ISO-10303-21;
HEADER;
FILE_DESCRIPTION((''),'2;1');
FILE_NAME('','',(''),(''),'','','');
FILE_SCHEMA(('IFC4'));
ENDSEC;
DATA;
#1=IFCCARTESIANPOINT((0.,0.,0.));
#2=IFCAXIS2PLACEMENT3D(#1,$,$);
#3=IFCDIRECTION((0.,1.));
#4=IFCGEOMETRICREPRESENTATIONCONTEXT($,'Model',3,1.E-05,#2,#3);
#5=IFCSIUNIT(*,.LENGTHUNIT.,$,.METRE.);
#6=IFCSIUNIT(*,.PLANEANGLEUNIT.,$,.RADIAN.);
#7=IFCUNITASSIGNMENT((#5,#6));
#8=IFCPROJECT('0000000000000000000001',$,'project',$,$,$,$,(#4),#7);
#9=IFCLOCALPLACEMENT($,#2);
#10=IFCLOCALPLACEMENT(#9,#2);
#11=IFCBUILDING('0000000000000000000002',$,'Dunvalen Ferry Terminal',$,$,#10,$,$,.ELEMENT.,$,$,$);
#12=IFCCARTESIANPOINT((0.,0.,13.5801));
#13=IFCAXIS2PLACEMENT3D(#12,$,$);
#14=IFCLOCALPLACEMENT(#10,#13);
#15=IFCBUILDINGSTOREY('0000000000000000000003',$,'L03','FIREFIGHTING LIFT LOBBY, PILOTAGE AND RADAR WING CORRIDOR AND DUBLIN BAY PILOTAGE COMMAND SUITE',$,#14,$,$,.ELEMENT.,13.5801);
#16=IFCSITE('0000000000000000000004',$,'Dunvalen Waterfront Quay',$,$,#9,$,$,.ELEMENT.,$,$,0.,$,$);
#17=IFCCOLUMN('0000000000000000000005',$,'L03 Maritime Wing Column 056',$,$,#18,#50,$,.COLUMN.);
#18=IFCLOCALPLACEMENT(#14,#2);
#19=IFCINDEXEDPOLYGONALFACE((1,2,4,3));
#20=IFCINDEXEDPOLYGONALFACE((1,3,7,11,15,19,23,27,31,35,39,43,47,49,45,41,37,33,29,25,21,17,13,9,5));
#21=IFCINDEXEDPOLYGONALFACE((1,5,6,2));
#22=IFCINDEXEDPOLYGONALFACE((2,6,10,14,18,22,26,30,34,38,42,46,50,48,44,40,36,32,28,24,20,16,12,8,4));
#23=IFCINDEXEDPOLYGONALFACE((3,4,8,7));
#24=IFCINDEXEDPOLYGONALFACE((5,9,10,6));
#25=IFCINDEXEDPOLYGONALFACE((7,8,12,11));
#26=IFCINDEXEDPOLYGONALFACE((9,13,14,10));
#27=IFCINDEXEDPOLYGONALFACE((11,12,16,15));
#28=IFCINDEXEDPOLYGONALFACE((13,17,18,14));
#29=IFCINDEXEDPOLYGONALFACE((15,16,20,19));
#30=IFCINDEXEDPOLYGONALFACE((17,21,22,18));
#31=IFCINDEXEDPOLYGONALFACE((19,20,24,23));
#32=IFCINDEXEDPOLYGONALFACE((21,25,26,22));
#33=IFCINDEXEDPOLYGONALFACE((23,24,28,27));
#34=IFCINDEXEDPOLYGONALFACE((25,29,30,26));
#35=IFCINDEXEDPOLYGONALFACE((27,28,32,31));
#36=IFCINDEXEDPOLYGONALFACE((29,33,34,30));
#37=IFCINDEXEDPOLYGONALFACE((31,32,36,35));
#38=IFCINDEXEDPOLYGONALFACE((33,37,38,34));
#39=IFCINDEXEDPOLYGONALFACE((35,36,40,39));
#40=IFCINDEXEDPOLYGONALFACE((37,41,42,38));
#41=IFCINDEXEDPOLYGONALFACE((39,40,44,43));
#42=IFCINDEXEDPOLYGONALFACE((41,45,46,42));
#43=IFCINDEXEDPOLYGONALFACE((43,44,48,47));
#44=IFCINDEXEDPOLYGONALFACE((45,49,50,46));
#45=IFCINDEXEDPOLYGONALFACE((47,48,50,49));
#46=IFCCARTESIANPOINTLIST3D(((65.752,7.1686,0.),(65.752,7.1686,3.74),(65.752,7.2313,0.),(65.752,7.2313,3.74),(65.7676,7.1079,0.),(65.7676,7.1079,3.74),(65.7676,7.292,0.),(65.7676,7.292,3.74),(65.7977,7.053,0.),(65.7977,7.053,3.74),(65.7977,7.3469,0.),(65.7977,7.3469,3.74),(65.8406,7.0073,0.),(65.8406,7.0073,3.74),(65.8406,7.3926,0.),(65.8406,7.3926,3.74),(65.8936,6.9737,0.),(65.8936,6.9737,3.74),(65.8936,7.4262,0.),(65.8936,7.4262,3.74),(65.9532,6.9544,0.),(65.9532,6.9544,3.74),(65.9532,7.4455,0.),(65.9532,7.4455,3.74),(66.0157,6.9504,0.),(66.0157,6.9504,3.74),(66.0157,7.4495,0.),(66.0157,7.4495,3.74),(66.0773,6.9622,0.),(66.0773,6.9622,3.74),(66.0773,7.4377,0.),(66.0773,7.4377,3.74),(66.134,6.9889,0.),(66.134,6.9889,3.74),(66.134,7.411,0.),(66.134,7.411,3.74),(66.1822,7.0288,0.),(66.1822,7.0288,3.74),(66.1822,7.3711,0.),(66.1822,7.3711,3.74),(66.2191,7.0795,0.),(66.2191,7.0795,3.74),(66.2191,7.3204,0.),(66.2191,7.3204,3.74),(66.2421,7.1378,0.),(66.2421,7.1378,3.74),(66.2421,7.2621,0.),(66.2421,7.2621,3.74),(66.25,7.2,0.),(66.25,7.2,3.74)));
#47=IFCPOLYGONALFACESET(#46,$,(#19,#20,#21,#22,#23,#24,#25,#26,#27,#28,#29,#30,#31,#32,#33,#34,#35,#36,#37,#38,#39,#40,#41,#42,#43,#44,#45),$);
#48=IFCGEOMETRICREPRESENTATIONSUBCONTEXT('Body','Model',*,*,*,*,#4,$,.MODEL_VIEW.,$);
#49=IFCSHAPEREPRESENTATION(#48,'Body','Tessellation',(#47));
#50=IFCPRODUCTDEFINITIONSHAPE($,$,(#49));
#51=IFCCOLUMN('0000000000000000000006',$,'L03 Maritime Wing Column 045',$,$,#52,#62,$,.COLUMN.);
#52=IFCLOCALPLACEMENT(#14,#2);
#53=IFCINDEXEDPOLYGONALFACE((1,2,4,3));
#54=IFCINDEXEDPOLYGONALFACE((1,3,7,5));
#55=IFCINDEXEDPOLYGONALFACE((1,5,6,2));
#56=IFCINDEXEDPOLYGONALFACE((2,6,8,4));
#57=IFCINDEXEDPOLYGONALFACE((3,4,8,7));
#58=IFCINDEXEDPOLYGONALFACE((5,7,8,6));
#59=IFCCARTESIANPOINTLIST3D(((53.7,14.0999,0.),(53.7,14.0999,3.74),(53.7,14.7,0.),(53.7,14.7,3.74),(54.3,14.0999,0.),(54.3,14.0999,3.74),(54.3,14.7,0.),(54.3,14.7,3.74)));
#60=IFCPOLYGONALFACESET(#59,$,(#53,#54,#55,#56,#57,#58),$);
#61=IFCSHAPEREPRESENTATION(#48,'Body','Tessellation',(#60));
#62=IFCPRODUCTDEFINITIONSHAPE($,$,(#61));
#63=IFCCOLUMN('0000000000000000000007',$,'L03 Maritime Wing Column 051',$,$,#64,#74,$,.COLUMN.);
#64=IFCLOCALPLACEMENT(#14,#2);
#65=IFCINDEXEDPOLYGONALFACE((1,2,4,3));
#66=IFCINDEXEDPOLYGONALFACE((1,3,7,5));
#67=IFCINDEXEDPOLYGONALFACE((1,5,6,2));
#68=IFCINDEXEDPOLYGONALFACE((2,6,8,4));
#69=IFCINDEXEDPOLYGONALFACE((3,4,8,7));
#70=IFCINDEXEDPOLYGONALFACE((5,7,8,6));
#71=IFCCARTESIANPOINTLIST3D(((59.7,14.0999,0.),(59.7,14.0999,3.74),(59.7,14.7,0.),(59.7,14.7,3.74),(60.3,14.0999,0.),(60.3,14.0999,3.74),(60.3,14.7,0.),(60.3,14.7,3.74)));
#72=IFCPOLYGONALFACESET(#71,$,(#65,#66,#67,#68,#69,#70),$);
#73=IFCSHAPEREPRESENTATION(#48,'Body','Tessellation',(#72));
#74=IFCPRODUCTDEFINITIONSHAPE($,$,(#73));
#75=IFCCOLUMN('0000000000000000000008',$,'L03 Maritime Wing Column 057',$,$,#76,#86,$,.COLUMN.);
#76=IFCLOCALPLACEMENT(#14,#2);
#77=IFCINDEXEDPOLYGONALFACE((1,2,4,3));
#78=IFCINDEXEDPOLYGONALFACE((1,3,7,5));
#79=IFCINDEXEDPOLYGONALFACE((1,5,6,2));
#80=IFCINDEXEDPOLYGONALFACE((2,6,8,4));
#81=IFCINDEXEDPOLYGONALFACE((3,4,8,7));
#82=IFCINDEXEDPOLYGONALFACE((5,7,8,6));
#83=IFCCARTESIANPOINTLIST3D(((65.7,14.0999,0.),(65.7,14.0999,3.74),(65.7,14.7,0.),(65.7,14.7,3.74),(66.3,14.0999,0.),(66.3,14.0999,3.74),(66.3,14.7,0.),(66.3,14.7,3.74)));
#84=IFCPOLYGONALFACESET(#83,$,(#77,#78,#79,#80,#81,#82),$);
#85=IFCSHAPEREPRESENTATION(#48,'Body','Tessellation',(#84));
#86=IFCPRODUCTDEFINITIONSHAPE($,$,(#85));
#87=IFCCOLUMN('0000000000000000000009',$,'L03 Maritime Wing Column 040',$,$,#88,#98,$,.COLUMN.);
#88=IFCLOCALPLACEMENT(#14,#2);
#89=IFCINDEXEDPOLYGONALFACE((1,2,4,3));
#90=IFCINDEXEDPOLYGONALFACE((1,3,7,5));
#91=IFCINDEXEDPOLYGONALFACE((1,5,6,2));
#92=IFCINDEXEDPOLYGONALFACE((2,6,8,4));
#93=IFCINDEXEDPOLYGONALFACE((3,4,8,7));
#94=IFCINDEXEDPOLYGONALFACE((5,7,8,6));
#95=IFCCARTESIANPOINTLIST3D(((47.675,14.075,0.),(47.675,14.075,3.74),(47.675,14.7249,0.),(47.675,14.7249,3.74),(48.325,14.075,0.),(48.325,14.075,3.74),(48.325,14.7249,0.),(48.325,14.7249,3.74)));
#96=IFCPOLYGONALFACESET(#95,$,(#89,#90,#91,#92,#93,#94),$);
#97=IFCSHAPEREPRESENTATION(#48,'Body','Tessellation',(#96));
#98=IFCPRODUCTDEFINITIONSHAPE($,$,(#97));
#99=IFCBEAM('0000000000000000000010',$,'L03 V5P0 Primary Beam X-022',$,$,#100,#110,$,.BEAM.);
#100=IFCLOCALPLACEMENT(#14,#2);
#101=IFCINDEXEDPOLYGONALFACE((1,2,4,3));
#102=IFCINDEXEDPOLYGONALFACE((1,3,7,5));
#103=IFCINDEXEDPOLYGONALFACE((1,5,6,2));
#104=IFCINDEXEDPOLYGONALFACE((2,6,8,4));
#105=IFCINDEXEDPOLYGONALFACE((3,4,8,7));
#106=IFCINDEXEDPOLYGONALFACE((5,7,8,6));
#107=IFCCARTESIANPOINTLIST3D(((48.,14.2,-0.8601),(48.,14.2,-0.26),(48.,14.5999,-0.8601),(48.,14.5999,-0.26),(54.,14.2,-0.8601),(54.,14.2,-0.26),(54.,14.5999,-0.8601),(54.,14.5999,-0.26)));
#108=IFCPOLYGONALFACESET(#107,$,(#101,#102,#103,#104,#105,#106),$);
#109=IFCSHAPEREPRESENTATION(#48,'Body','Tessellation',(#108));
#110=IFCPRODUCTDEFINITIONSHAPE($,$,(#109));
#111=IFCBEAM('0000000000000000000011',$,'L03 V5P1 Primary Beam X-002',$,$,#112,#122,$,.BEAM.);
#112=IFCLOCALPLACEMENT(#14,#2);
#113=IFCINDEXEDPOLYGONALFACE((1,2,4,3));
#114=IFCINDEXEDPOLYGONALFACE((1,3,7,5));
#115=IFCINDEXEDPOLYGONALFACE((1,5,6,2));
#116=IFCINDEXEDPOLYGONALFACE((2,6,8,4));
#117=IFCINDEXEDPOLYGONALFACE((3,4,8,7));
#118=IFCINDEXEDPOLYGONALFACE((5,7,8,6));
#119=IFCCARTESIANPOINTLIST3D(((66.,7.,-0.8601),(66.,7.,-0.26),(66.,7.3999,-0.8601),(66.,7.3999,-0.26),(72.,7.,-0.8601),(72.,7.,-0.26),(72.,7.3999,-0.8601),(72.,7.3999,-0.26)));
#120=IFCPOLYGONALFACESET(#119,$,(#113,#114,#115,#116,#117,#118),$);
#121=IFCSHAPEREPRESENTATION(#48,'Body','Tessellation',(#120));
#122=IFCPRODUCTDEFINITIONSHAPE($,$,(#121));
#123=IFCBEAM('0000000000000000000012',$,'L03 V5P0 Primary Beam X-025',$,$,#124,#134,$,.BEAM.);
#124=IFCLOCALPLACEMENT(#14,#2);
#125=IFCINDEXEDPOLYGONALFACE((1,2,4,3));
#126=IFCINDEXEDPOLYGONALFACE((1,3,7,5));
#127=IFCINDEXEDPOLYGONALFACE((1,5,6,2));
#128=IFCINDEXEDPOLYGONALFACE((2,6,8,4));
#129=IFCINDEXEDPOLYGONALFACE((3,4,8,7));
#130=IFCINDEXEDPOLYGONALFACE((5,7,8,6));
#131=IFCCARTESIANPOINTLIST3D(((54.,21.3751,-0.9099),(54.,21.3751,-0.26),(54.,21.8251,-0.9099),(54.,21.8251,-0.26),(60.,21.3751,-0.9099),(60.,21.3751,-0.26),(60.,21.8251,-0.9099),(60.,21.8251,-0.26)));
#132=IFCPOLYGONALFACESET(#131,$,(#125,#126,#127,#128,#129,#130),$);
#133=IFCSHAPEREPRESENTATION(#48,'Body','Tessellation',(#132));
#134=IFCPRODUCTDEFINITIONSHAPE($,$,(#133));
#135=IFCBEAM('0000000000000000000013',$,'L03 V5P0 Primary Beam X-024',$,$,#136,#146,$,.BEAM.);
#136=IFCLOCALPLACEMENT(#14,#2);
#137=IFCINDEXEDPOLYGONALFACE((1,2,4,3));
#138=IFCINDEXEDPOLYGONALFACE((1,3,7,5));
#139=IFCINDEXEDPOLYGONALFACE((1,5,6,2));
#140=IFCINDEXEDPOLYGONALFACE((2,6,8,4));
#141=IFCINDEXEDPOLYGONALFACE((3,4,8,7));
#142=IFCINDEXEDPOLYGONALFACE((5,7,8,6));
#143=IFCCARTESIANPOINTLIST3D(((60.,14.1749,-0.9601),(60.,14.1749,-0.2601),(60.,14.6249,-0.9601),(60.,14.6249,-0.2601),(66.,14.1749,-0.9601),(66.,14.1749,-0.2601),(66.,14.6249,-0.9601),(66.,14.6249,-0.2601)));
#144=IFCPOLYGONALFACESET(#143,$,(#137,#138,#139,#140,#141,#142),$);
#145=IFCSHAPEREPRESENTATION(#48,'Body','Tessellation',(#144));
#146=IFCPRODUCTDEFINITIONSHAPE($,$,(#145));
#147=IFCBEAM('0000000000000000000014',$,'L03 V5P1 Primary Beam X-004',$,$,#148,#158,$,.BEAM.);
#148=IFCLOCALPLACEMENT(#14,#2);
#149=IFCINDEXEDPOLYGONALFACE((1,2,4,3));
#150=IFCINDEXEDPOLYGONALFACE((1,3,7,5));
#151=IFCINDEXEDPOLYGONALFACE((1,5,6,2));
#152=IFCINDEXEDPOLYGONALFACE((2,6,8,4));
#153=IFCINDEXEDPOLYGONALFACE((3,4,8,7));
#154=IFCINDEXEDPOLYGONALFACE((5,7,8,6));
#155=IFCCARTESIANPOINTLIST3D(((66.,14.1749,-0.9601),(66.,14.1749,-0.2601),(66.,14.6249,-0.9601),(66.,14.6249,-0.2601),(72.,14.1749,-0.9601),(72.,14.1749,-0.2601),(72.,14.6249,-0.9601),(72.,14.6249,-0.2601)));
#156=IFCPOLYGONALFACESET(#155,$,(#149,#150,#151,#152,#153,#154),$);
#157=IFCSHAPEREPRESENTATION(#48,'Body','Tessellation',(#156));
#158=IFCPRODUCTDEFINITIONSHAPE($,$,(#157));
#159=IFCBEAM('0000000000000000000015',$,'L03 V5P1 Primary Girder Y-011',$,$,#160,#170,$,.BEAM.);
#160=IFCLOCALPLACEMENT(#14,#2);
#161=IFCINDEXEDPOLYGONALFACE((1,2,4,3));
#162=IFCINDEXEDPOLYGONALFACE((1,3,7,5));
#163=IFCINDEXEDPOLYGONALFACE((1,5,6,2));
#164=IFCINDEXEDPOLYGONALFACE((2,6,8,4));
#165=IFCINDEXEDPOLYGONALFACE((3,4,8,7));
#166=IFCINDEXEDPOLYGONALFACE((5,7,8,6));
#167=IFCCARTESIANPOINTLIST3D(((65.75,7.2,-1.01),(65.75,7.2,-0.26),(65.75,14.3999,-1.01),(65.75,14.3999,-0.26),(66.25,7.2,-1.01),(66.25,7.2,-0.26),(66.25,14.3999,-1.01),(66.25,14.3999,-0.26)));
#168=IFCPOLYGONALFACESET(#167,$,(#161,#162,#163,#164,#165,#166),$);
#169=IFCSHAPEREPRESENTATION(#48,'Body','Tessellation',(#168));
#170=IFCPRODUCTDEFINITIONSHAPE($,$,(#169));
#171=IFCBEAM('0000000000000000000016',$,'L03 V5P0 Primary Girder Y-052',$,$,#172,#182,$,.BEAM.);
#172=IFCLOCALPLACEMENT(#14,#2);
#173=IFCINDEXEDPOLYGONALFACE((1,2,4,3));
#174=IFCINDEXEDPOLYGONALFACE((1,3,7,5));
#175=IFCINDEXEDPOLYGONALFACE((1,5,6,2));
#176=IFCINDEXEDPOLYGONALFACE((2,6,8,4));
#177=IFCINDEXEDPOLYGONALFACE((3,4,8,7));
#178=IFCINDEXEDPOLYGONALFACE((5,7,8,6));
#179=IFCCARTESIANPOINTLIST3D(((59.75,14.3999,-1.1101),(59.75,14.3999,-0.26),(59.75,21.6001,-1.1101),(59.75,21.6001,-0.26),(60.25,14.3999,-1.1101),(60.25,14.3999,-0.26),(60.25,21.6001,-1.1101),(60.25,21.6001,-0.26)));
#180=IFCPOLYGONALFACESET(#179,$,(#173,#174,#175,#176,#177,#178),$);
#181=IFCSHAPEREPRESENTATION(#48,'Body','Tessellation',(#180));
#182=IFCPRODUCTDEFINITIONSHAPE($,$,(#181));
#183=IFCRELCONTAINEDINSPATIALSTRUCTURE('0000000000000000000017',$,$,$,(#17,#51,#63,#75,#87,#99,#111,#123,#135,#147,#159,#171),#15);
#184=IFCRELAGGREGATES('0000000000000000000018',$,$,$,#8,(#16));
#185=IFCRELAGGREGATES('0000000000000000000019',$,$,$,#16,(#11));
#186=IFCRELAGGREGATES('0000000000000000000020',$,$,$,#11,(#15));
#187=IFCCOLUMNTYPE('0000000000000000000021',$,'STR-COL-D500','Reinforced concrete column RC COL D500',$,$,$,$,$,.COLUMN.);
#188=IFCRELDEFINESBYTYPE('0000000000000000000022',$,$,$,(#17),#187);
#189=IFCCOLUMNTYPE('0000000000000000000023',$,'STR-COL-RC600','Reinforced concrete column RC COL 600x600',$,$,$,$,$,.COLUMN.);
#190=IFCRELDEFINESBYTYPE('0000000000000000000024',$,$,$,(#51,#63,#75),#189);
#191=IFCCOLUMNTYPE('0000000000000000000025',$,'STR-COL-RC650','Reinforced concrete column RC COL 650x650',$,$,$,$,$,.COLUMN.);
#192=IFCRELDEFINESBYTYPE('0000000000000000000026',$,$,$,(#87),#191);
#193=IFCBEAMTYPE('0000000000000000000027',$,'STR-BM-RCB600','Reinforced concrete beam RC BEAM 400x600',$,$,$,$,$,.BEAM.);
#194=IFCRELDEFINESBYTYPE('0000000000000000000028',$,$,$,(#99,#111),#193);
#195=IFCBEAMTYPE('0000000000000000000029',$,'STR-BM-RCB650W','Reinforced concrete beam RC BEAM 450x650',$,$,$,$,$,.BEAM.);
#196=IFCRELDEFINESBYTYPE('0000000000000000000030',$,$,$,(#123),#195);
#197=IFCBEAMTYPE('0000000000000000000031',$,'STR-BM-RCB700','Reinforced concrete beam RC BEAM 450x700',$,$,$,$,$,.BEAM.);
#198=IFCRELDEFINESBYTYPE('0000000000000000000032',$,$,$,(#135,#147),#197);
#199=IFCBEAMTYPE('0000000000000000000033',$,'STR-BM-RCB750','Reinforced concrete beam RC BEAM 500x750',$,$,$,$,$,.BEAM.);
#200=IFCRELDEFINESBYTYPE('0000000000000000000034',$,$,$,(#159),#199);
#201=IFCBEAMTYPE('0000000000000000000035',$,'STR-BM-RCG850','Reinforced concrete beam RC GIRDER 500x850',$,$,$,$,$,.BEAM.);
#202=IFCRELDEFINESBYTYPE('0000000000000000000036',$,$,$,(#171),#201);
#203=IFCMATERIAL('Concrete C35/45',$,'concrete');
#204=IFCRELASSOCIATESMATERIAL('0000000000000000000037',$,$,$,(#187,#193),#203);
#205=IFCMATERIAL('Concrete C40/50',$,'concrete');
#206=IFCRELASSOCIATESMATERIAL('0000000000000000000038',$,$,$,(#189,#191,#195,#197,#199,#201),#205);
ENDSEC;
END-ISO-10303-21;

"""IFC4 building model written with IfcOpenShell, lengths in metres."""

from ifc_helpers import new_model, si_unit, direction, frame, origin, origin_2d, place, context, subcontext, project, spatial, rectangle, circle, extrude, material, material_profile, profile_set, type_object, element, save


model = new_model("IFC4")

# Units and contexts
model_context = context("Model", 3, precision=1e-05, world=origin(), true_north=direction((0.0, 1.0)))
body_context = subcontext(model_context, "Body", "Model", "MODEL_VIEW")
ifc_project = project(units=[si_unit("LENGTHUNIT", "METRE"), si_unit("PLANEANGLEUNIT", "RADIAN")], contexts=[model_context])

# Site, building, storey
site_placement = place(None, origin())
site = spatial("IfcSite", under=ifc_project, at=site_placement, Name="Dunvalen Waterfront Quay", CompositionType="ELEMENT", RefElevation=0.0)
building_placement = place(site_placement, origin())
building = spatial("IfcBuilding", under=site, at=building_placement, Name="Dunvalen Ferry Terminal", CompositionType="ELEMENT")
storey_placement = place(building_placement, frame((0.0, 0.0, 13.5801)))
storey = spatial("IfcBuildingStorey", under=building, at=storey_placement, Name="L03", Description="FIREFIGHTING LIFT LOBBY, PILOTAGE AND RADAR WING CORRIDOR AND DUBLIN BAY PILOTAGE COMMAND SUITE", CompositionType="ELEMENT", Elevation=13.5801)

# Columns
ifc_material_1 = material(Name="Concrete C35/45", Category="concrete")
ifc_material_profile_1 = material_profile(ifc_material_1, circle(Radius=0.25, at=origin_2d()), Name="Concrete C35/45")
ifc_profile_set_1 = profile_set([ifc_material_profile_1], Name="Concrete C35/45")
column_type_1 = type_object("IfcColumnType", Name="STR-COL-D500", Description="Reinforced concrete column RC COL D500", PredefinedType="COLUMN", material=ifc_profile_set_1)
column_1_placement = place(storey_placement, frame((66.0, 7.2, 0.0), z_axis=(0.0, 0.0, 1.0), x_axis=(1.0, 0.0, 0.0)))
element("IfcColumn", 1, at=column_1_placement, inside=storey, type_object=column_type_1, Name="L03 Maritime Wing Column 056", PredefinedType="COLUMN", context=body_context, shape_type="SweptSolid", body=[
    extrude(circle(Radius=0.25, at=origin_2d()), origin(), (0.0, 0.0, 1.0), 3.74),
])
ifc_material_2 = material(Name="Concrete C40/50", Category="concrete")
ifc_material_profile_2 = material_profile(ifc_material_2, rectangle(XDim=0.6001, YDim=0.6001, at=origin_2d()), Name="Concrete C40/50")
ifc_profile_set_2 = profile_set([ifc_material_profile_2], Name="Concrete C40/50")
column_type_2 = type_object("IfcColumnType", Name="STR-COL-RC600", Description="Reinforced concrete column RC COL 600x600", PredefinedType="COLUMN", material=ifc_profile_set_2)
for number, where, z_axis, x_axis, name in (
    (2, (54.0, 14.3999, 0.0), (0.0, 0.0, 1.0), (1.0, 0.0, 0.0), "L03 Maritime Wing Column 045"),
    (3, (60.0, 14.3999, 0.0), (0.0, 0.0, 1.0), (1.0, 0.0, 0.0), "L03 Maritime Wing Column 051"),
    (4, (66.0, 14.3999, 0.0), (0.0, 0.0, 1.0), (1.0, 0.0, 0.0), "L03 Maritime Wing Column 057"),
):
    element("IfcColumn", number, at=place(storey_placement, frame(where, z_axis=z_axis, x_axis=x_axis)), inside=storey, type_object=column_type_2, Name=name, PredefinedType="COLUMN", context=body_context, shape_type="SweptSolid", body=[
        extrude(rectangle(XDim=0.6001, YDim=0.6001, at=origin_2d()), origin(), (0.0, 0.0, 1.0), 3.74),
    ])
ifc_material_profile_3 = material_profile(ifc_material_2, rectangle(XDim=0.6499, YDim=0.6499, at=origin_2d()), Name="Concrete C40/50")
ifc_profile_set_3 = profile_set([ifc_material_profile_3], Name="Concrete C40/50")
column_type_3 = type_object("IfcColumnType", Name="STR-COL-RC650", Description="Reinforced concrete column RC COL 650x650", PredefinedType="COLUMN", material=ifc_profile_set_3)
column_2_placement = place(storey_placement, frame((48.0, 14.3999, 0.0), z_axis=(0.0, 0.0, 1.0), x_axis=(1.0, 0.0, 0.0)))
element("IfcColumn", 5, at=column_2_placement, inside=storey, type_object=column_type_3, Name="L03 Maritime Wing Column 040", PredefinedType="COLUMN", context=body_context, shape_type="SweptSolid", body=[
    extrude(rectangle(XDim=0.6499, YDim=0.6499, at=origin_2d()), origin(), (0.0, 0.0, 1.0), 3.74),
])

# Beams
ifc_material_profile_4 = material_profile(ifc_material_1, rectangle(XDim=0.3999, YDim=0.6001, at=origin_2d()), Name="Concrete C35/45")
ifc_profile_set_4 = profile_set([ifc_material_profile_4], Name="Concrete C35/45")
beam_type_1 = type_object("IfcBeamType", Name="STR-BM-RCB600", Description="Reinforced concrete beam RC BEAM 400x600", PredefinedType="BEAM", material=ifc_profile_set_4)
for number, where, z_axis, x_axis, name in (
    (6, (48.0, 14.3999, -0.5601), (1.0, 0.0, 0.0), (0.0, 1.0, 0.0), "L03 V5P0 Primary Beam X-022"),
    (7, (66.0, 7.2, -0.5601), (1.0, 0.0, 0.0), (0.0, 1.0, 0.0), "L03 V5P1 Primary Beam X-002"),
):
    element("IfcBeam", number, at=place(storey_placement, frame(where, z_axis=z_axis, x_axis=x_axis)), inside=storey, type_object=beam_type_1, Name=name, PredefinedType="BEAM", context=body_context, shape_type="SweptSolid", body=[
        extrude(rectangle(XDim=0.3999, YDim=0.6001, at=origin_2d()), origin(), (0.0, 0.0, 1.0), 6.0),
    ])
ifc_material_profile_5 = material_profile(ifc_material_2, rectangle(XDim=0.45, YDim=0.6499, at=origin_2d()), Name="Concrete C40/50")
ifc_profile_set_5 = profile_set([ifc_material_profile_5], Name="Concrete C40/50")
beam_type_2 = type_object("IfcBeamType", Name="STR-BM-RCB650W", Description="Reinforced concrete beam RC BEAM 450x650", PredefinedType="BEAM", material=ifc_profile_set_5)
beam_1_placement = place(storey_placement, frame((54.0, 21.6001, -0.585), z_axis=(1.0, 0.0, 0.0), x_axis=(0.0, 1.0, 0.0)))
element("IfcBeam", 8, at=beam_1_placement, inside=storey, type_object=beam_type_2, Name="L03 V5P0 Primary Beam X-025", PredefinedType="BEAM", context=body_context, shape_type="SweptSolid", body=[
    extrude(rectangle(XDim=0.45, YDim=0.6499, at=origin_2d()), origin(), (0.0, 0.0, 1.0), 6.0),
])
ifc_material_profile_6 = material_profile(ifc_material_2, rectangle(XDim=0.45, YDim=0.7, at=origin_2d()), Name="Concrete C40/50")
ifc_profile_set_6 = profile_set([ifc_material_profile_6], Name="Concrete C40/50")
beam_type_3 = type_object("IfcBeamType", Name="STR-BM-RCB700", Description="Reinforced concrete beam RC BEAM 450x700", PredefinedType="BEAM", material=ifc_profile_set_6)
for number, where, z_axis, x_axis, name in (
    (9, (60.0, 14.3999, -0.6101), (1.0, 0.0, 0.0), (0.0, 1.0, 0.0), "L03 V5P0 Primary Beam X-024"),
    (10, (66.0, 14.3999, -0.6101), (1.0, 0.0, 0.0), (0.0, 1.0, 0.0), "L03 V5P1 Primary Beam X-004"),
):
    element("IfcBeam", number, at=place(storey_placement, frame(where, z_axis=z_axis, x_axis=x_axis)), inside=storey, type_object=beam_type_3, Name=name, PredefinedType="BEAM", context=body_context, shape_type="SweptSolid", body=[
        extrude(rectangle(XDim=0.45, YDim=0.7, at=origin_2d()), origin(), (0.0, 0.0, 1.0), 6.0),
    ])
ifc_material_profile_7 = material_profile(ifc_material_2, rectangle(XDim=0.5, YDim=0.75, at=origin_2d()), Name="Concrete C40/50")
ifc_profile_set_7 = profile_set([ifc_material_profile_7], Name="Concrete C40/50")
beam_type_4 = type_object("IfcBeamType", Name="STR-BM-RCB750", Description="Reinforced concrete beam RC BEAM 500x750", PredefinedType="BEAM", material=ifc_profile_set_7)
beam_2_placement = place(storey_placement, frame((66.0, 7.2, -0.635), z_axis=(0.0, 1.0, 0.0), x_axis=(-1.0, 0.0, 0.0)))
element("IfcBeam", 11, at=beam_2_placement, inside=storey, type_object=beam_type_4, Name="L03 V5P1 Primary Girder Y-011", PredefinedType="BEAM", context=body_context, shape_type="SweptSolid", body=[
    extrude(rectangle(XDim=0.5, YDim=0.75, at=origin_2d()), origin(), (0.0, 0.0, 1.0), 7.2),
])
ifc_material_profile_8 = material_profile(ifc_material_2, rectangle(XDim=0.5, YDim=0.8501, at=origin_2d()), Name="Concrete C40/50")
ifc_profile_set_8 = profile_set([ifc_material_profile_8], Name="Concrete C40/50")
beam_type_5 = type_object("IfcBeamType", Name="STR-BM-RCG850", Description="Reinforced concrete beam RC GIRDER 500x850", PredefinedType="BEAM", material=ifc_profile_set_8)
beam_3_placement = place(storey_placement, frame((60.0, 14.3999, -0.6851), z_axis=(0.0, 1.0, 0.0), x_axis=(-1.0, 0.0, 0.0)))
element("IfcBeam", 12, at=beam_3_placement, inside=storey, type_object=beam_type_5, Name="L03 V5P0 Primary Girder Y-052", PredefinedType="BEAM", context=body_context, shape_type="SweptSolid", body=[
    extrude(rectangle(XDim=0.5, YDim=0.8501, at=origin_2d()), origin(), (0.0, 0.0, 1.0), 7.2002),
])

save(model, "model.ifc")
